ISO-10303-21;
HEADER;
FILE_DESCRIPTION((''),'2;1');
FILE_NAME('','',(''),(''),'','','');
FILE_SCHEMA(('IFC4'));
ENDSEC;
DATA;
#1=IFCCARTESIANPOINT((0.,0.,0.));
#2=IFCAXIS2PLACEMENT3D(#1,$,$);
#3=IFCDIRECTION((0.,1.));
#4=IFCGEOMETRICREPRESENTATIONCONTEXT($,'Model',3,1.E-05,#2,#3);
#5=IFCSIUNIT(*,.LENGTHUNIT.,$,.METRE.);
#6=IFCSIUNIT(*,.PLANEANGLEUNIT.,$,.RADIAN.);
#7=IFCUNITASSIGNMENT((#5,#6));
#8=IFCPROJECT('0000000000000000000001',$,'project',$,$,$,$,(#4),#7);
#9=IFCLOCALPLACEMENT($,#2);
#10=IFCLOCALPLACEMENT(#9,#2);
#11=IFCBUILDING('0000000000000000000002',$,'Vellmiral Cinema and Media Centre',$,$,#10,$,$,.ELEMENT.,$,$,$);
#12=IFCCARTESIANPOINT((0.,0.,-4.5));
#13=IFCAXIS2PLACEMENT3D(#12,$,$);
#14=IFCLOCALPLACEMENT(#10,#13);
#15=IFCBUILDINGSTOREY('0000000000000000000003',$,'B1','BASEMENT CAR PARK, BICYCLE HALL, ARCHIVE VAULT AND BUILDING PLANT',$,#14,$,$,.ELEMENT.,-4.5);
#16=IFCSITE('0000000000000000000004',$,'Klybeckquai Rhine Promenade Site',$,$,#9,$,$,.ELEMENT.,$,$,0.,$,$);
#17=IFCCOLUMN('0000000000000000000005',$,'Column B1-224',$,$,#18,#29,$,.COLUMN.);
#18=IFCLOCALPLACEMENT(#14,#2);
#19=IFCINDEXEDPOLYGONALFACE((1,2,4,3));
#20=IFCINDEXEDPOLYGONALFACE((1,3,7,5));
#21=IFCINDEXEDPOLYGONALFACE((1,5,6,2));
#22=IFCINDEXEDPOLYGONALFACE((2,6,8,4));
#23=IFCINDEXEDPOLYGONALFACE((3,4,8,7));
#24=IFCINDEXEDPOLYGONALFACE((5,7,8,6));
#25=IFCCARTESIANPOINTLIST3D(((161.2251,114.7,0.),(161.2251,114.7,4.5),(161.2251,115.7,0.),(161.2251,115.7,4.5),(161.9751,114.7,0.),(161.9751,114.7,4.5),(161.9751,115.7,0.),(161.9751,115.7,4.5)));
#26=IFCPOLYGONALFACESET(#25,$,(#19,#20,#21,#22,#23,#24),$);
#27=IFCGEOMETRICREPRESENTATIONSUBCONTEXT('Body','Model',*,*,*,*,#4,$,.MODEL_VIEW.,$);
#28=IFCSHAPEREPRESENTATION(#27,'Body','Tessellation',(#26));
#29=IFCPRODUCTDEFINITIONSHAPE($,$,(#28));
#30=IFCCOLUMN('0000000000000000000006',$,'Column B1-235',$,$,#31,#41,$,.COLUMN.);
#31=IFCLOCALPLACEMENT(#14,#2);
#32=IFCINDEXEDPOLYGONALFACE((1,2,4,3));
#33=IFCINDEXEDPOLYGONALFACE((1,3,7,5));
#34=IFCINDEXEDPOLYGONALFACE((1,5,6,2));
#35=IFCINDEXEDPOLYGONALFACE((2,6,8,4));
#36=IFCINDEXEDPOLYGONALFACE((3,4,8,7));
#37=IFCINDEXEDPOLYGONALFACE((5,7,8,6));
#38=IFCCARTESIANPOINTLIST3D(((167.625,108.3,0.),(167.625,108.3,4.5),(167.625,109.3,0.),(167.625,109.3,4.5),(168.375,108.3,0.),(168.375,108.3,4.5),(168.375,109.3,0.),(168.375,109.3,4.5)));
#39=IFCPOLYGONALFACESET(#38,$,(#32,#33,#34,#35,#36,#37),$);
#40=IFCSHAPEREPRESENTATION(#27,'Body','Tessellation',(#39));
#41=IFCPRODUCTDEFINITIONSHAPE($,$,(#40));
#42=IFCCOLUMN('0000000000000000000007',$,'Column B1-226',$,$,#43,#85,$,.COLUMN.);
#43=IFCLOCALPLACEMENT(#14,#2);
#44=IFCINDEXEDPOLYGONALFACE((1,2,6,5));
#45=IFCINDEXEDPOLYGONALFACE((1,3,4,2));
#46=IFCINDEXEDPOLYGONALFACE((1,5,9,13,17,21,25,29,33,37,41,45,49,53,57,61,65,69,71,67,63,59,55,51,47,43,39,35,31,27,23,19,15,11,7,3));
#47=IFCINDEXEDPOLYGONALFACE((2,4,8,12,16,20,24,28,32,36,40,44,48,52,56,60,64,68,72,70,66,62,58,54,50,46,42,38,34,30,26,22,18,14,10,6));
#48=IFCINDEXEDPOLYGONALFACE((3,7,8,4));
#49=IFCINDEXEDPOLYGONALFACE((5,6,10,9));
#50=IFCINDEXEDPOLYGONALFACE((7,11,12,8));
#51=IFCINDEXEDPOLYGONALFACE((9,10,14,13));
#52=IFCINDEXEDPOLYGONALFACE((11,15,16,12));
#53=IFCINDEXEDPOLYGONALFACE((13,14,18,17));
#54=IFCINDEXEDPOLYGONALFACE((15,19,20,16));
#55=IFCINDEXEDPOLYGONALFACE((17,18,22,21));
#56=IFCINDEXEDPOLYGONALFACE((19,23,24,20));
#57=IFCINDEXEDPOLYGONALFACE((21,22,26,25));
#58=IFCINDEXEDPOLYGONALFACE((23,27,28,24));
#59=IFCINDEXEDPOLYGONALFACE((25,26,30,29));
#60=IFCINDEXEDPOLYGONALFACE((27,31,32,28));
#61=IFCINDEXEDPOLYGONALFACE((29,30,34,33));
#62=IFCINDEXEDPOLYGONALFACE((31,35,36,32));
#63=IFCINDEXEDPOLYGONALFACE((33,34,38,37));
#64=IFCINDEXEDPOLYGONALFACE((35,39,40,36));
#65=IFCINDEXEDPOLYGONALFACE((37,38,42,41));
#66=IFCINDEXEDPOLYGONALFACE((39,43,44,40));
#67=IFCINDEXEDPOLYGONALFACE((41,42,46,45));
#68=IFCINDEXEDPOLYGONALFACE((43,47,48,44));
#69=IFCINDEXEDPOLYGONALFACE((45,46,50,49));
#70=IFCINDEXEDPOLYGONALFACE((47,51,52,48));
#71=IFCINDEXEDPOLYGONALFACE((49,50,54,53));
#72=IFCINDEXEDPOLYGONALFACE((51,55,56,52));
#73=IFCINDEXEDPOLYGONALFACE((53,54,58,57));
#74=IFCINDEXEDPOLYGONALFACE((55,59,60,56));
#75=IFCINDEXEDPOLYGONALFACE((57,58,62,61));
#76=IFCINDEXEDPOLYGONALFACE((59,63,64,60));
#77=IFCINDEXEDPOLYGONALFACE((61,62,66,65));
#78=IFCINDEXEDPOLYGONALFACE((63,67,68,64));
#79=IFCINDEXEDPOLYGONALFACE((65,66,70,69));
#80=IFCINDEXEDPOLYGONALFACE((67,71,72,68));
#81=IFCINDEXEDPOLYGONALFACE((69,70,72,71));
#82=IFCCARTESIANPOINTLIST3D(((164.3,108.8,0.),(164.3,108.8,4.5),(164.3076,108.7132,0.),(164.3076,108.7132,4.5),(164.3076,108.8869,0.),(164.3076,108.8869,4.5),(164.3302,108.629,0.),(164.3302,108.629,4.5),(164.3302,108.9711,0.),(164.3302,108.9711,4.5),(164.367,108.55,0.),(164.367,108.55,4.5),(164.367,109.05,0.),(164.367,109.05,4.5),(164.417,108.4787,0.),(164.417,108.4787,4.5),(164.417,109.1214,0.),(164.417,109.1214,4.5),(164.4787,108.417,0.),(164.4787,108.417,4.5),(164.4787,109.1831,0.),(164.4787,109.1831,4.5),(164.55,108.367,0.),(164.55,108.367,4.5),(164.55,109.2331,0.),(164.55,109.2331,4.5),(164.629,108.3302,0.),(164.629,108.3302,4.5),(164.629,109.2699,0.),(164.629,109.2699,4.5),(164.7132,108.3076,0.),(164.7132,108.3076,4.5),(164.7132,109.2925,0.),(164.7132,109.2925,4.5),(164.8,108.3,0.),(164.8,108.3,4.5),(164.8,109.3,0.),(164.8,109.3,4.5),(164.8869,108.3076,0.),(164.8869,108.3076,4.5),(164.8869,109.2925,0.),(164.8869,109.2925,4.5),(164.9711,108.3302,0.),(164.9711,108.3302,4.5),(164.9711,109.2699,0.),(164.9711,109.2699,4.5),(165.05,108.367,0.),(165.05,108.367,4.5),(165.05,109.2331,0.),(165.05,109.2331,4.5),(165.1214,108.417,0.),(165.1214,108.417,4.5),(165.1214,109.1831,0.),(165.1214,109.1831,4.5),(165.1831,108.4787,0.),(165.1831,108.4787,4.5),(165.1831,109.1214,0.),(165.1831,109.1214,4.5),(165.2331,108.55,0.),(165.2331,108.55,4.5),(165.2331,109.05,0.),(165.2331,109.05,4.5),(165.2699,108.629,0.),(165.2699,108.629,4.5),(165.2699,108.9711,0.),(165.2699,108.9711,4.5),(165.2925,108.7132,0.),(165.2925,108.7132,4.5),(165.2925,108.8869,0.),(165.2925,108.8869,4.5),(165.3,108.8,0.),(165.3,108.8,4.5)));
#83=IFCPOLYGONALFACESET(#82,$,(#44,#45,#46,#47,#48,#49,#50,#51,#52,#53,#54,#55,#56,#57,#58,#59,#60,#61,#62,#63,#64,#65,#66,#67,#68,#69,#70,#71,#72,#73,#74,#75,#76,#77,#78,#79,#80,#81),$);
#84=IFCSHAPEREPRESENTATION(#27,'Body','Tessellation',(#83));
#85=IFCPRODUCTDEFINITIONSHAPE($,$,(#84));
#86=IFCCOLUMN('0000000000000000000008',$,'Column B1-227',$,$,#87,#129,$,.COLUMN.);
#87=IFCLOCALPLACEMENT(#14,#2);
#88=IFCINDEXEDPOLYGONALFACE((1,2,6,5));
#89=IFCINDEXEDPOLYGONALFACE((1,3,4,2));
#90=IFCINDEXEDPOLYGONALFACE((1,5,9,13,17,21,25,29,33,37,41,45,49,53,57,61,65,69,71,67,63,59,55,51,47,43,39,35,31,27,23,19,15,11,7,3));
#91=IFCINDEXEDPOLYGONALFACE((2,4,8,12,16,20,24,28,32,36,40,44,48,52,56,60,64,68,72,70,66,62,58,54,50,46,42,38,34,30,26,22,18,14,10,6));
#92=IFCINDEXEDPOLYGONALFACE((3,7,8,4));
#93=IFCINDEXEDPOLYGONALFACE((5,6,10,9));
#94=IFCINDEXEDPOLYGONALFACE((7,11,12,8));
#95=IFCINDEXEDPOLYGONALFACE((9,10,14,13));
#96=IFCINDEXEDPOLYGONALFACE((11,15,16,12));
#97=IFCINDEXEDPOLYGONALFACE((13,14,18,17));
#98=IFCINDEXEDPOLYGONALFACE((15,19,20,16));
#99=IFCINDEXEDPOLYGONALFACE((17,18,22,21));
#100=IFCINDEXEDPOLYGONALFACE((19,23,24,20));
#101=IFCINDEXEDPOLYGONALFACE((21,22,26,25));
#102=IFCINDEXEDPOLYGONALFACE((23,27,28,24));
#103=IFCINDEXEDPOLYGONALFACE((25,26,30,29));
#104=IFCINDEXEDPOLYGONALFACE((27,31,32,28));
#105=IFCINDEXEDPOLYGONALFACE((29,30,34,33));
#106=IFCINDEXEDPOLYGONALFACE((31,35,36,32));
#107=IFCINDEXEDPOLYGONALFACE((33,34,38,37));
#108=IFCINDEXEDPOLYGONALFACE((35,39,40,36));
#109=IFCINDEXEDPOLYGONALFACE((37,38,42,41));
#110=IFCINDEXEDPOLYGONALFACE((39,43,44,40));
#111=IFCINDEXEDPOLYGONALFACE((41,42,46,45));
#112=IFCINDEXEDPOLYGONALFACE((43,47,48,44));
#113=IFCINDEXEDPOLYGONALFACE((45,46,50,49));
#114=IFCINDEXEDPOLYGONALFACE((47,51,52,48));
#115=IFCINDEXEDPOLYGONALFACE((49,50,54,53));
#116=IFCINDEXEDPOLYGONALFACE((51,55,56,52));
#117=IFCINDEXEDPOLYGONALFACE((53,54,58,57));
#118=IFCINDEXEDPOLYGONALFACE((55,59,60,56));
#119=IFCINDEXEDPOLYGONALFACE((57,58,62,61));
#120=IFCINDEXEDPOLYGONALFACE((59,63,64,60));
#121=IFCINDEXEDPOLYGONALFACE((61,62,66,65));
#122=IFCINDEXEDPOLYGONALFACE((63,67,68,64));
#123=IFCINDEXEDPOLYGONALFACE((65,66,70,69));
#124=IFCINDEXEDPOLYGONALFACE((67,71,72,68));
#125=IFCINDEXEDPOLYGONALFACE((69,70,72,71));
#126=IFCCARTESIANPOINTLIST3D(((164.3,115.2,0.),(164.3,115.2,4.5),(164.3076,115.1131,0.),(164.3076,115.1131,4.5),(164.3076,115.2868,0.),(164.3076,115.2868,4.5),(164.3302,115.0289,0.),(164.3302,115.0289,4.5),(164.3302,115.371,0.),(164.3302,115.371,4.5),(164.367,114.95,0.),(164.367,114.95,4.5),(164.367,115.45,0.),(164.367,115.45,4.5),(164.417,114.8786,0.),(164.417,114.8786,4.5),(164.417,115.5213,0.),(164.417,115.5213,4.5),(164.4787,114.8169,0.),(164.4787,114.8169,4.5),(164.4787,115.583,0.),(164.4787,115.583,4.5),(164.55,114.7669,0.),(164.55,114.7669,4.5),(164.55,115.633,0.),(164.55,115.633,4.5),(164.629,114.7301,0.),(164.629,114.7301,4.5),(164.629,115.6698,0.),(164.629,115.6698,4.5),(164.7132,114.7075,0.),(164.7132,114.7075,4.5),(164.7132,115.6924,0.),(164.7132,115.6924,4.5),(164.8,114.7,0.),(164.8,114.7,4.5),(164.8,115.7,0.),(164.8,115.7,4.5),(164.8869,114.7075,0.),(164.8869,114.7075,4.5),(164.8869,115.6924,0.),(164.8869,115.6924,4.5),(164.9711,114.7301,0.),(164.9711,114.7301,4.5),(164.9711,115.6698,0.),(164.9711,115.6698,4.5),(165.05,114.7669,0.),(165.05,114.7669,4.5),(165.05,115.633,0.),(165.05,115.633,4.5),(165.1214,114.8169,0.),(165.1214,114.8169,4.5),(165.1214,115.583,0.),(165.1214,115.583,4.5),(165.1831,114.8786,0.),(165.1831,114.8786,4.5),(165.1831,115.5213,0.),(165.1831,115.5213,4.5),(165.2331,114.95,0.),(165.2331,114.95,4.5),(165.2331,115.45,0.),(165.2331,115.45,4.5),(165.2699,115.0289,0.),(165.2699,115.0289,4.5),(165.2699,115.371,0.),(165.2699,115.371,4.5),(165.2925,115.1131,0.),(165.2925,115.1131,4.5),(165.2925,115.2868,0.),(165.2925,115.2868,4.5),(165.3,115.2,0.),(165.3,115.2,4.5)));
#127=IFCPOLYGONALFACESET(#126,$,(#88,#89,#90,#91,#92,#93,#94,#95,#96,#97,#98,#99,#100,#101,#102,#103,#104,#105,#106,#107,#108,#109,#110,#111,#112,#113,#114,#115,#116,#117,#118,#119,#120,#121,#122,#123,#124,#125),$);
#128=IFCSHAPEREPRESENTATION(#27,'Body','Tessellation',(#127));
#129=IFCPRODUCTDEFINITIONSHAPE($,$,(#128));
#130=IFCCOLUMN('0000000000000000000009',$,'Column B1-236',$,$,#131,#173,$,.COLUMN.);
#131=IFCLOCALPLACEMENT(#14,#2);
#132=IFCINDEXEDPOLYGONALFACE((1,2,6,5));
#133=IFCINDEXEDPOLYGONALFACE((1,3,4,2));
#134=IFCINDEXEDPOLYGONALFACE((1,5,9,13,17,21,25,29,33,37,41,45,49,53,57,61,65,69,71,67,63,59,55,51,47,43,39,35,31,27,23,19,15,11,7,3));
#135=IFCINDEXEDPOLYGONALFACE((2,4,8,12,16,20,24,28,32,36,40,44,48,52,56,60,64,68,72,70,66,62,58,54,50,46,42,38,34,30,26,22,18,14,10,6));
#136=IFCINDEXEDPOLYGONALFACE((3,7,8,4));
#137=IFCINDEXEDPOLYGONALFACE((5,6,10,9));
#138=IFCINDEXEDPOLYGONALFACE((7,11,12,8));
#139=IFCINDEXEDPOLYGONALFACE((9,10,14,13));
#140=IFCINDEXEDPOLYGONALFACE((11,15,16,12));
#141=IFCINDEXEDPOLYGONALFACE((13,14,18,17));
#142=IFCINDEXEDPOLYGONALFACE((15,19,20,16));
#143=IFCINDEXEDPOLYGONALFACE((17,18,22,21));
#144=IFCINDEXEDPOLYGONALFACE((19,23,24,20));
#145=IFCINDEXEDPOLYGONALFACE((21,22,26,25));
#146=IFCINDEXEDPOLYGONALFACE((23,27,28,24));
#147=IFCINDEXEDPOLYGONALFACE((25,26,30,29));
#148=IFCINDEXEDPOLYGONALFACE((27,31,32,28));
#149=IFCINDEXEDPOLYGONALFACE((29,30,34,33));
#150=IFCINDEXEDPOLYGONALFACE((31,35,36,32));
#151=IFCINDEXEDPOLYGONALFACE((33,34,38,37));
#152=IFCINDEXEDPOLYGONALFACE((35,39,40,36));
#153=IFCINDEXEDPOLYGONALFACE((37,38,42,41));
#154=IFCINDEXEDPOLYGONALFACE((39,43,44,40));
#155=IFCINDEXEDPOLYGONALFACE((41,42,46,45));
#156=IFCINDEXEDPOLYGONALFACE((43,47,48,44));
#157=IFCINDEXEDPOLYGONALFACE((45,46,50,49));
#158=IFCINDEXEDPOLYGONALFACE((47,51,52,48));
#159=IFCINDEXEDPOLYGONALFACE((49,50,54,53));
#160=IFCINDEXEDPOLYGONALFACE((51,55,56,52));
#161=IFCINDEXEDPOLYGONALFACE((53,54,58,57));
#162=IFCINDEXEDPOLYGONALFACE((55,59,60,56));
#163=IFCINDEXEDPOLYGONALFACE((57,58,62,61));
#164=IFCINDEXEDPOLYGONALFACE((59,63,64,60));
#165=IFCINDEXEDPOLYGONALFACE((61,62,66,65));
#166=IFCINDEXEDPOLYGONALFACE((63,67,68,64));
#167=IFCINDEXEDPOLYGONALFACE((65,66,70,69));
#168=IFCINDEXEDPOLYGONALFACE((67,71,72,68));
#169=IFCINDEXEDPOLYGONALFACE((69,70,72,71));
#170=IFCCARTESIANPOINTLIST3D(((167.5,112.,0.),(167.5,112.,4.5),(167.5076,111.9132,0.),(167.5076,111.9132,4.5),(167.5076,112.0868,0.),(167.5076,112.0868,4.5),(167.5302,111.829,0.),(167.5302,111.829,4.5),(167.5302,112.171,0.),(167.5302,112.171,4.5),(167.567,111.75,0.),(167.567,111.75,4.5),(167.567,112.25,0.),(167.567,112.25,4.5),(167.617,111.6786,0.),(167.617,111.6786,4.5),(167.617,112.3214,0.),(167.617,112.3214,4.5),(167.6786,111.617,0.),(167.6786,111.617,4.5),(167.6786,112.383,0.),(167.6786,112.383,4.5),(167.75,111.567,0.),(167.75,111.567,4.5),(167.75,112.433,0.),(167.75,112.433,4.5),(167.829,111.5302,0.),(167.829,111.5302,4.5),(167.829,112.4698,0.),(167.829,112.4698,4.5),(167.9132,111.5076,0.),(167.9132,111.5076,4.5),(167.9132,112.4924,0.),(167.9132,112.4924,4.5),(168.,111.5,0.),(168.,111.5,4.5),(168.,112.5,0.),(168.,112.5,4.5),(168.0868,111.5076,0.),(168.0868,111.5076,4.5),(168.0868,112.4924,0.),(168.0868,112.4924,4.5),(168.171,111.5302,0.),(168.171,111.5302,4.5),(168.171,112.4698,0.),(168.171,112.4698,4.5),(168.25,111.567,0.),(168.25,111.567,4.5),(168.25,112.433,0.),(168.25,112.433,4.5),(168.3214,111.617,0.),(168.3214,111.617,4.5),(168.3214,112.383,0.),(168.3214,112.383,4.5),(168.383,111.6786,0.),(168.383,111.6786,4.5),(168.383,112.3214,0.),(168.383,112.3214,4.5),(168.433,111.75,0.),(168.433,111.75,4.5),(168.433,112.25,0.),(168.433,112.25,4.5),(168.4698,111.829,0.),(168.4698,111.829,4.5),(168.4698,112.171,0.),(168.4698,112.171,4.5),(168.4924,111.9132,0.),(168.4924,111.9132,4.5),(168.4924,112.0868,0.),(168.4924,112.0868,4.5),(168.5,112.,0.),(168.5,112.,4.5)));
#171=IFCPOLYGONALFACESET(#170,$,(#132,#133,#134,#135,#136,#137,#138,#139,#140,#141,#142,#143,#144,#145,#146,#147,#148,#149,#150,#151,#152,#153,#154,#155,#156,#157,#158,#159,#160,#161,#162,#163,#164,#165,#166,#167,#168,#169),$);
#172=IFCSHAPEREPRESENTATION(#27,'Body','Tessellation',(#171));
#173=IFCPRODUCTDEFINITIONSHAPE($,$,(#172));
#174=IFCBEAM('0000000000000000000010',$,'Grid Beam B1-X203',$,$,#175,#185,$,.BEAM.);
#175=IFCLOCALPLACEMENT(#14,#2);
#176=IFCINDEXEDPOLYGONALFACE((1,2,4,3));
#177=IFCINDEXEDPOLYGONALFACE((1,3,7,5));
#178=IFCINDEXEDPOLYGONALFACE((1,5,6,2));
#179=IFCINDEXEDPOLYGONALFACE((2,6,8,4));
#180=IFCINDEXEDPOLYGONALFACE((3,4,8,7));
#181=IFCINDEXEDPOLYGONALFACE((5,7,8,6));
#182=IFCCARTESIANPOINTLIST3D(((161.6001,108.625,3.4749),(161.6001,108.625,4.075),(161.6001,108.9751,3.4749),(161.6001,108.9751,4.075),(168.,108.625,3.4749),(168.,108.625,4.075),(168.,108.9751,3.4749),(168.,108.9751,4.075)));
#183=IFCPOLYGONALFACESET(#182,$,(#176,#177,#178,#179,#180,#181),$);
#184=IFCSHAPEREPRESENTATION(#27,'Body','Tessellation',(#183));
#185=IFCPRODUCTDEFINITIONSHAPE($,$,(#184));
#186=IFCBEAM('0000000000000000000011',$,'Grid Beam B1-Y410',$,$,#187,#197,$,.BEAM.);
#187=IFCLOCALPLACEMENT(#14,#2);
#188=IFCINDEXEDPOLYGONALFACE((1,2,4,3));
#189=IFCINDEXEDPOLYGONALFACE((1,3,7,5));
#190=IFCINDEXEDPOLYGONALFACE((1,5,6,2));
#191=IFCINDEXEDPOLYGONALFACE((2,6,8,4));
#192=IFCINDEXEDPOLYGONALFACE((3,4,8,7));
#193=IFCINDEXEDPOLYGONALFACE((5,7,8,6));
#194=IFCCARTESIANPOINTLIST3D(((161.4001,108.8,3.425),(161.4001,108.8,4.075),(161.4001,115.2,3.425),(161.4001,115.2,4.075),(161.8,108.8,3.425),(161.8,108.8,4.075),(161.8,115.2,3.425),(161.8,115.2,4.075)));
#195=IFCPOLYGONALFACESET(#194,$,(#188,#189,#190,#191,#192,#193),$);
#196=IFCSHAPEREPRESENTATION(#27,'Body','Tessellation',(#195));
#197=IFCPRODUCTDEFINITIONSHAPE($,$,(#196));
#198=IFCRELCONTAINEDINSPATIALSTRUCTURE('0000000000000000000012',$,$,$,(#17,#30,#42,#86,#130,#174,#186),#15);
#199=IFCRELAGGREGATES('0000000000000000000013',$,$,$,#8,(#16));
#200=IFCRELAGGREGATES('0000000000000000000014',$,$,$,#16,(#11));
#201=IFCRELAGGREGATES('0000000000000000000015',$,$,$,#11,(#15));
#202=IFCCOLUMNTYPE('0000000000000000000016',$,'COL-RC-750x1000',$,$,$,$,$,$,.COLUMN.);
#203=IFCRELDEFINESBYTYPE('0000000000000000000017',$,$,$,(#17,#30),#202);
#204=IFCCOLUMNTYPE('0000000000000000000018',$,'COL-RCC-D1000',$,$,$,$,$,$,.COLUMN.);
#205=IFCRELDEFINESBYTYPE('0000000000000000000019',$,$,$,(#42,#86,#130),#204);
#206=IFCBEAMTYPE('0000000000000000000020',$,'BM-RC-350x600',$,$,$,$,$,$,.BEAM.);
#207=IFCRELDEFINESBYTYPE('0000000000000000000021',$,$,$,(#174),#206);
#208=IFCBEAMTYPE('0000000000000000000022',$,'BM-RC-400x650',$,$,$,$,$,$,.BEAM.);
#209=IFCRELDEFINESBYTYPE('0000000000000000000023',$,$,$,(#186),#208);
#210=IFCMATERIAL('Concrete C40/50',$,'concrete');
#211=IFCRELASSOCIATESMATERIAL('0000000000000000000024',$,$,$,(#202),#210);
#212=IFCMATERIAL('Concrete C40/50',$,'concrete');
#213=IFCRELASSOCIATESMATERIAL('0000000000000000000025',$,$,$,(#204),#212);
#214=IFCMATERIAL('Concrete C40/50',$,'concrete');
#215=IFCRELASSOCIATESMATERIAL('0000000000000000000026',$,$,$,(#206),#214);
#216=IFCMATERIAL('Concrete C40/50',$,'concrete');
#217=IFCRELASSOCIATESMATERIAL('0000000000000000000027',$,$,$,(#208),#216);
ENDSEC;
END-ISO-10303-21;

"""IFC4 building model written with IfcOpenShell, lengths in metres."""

from ifc_helpers import new_model, si_unit, direction, frame, origin, origin_2d, place, context, subcontext, project, spatial, rectangle, circle, extrude, material, material_profile, profile_set, type_object, element, save


model = new_model("IFC4")

# Units and contexts
model_context = context("Model", 3, precision=1e-05, world=origin(), true_north=direction((0.0, 1.0)))
body_context = subcontext(model_context, "Body", "Model", "MODEL_VIEW")
ifc_project = project(units=[si_unit("LENGTHUNIT", "METRE"), si_unit("PLANEANGLEUNIT", "RADIAN")], contexts=[model_context])

# Site, building, storey
site_placement = place(None, origin())
site = spatial("IfcSite", under=ifc_project, at=site_placement, Name="Klybeckquai Rhine Promenade Site", CompositionType="ELEMENT", RefElevation=0.0)
building_placement = place(site_placement, origin())
building = spatial("IfcBuilding", under=site, at=building_placement, Name="Vellmiral Cinema and Media Centre", CompositionType="ELEMENT")
storey_placement = place(building_placement, frame((0.0, 0.0, -4.5)))
storey = spatial("IfcBuildingStorey", under=building, at=storey_placement, Name="B1", Description="BASEMENT CAR PARK, BICYCLE HALL, ARCHIVE VAULT AND BUILDING PLANT", CompositionType="ELEMENT", Elevation=-4.5)

# Columns
ifc_material_1 = material(Name="Concrete C40/50", Category="concrete")
ifc_material_profile_1 = material_profile(ifc_material_1, rectangle(XDim=0.75, YDim=1.0, at=origin_2d()), Name="RC 750x1000")
ifc_profile_set_1 = profile_set([ifc_material_profile_1], Name="Concrete C40/50")
column_type_1 = type_object("IfcColumnType", Name="COL-RC-750x1000", PredefinedType="COLUMN", material=ifc_profile_set_1)
for number, where, z_axis, x_axis, name in (
    (1, (161.6001, 115.2, 0.0), (0.0, 0.0, 1.0), (1.0, 0.0, 0.0), "Column B1-224"),
    (2, (168.0, 108.8, 0.0), (0.0, 0.0, 1.0), (1.0, 0.0, 0.0), "Column B1-235"),
):
    element("IfcColumn", number, at=place(storey_placement, frame(where, z_axis=z_axis, x_axis=x_axis)), inside=storey, type_object=column_type_1, Name=name, PredefinedType="COLUMN", context=body_context, shape_type="SweptSolid", body=[
        extrude(rectangle(XDim=0.75, YDim=1.0, at=origin_2d()), origin(), (0.0, 0.0, 1.0), 4.5),
    ])
ifc_material_2 = material(Name="Concrete C40/50", Category="concrete")
ifc_material_profile_2 = material_profile(ifc_material_2, circle(Radius=0.5, at=origin_2d()), Name="RC D1000")
ifc_profile_set_2 = profile_set([ifc_material_profile_2], Name="Concrete C40/50")
column_type_2 = type_object("IfcColumnType", Name="COL-RCC-D1000", PredefinedType="COLUMN", material=ifc_profile_set_2)
for number, where, z_axis, x_axis, name in (
    (3, (164.8, 108.8, 0.0), (0.0, 0.0, 1.0), (1.0, 0.0, 0.0), "Column B1-226"),
    (4, (164.8, 115.2, 0.0), (0.0, 0.0, 1.0), (1.0, 0.0, 0.0), "Column B1-227"),
    (5, (168.0, 112.0, 0.0), (0.0, 0.0, 1.0), (1.0, 0.0, 0.0), "Column B1-236"),
):
    element("IfcColumn", number, at=place(storey_placement, frame(where, z_axis=z_axis, x_axis=x_axis)), inside=storey, type_object=column_type_2, Name=name, PredefinedType="COLUMN", context=body_context, shape_type="SweptSolid", body=[
        extrude(circle(Radius=0.5, at=origin_2d()), origin(), (0.0, 0.0, 1.0), 4.5),
    ])

# Beams
ifc_material_3 = material(Name="Concrete C40/50", Category="concrete")
ifc_material_profile_3 = material_profile(ifc_material_3, rectangle(XDim=0.3501, YDim=0.6001, at=origin_2d()), Name="RC 350x600")
ifc_profile_set_3 = profile_set([ifc_material_profile_3], Name="Concrete C40/50")
beam_type_1 = type_object("IfcBeamType", Name="BM-RC-350x600", PredefinedType="BEAM", material=ifc_profile_set_3)
beam_1_placement = place(storey_placement, frame((161.6001, 108.8, 3.7749), z_axis=(1.0, 0.0, 0.0), x_axis=(0.0, 1.0, 0.0)))
element("IfcBeam", 6, at=beam_1_placement, inside=storey, type_object=beam_type_1, Name="Grid Beam B1-X203", PredefinedType="BEAM", context=body_context, shape_type="SweptSolid", body=[
    extrude(rectangle(XDim=0.3501, YDim=0.6001, at=origin_2d()), origin(), (0.0, 0.0, 1.0), 6.3999),
])
ifc_material_4 = material(Name="Concrete C40/50", Category="concrete")
ifc_material_profile_4 = material_profile(ifc_material_4, rectangle(XDim=0.3999, YDim=0.6499, at=origin_2d()), Name="RC 400x650")
ifc_profile_set_4 = profile_set([ifc_material_profile_4], Name="Concrete C40/50")
beam_type_2 = type_object("IfcBeamType", Name="BM-RC-400x650", PredefinedType="BEAM", material=ifc_profile_set_4)
beam_2_placement = place(storey_placement, frame((161.6001, 108.8, 3.75), z_axis=(0.0, 1.0, 0.0), x_axis=(-1.0, 0.0, 0.0)))
element("IfcBeam", 7, at=beam_2_placement, inside=storey, type_object=beam_type_2, Name="Grid Beam B1-Y410", PredefinedType="BEAM", context=body_context, shape_type="SweptSolid", body=[
    extrude(rectangle(XDim=0.3999, YDim=0.6499, at=origin_2d()), origin(), (0.0, 0.0, 1.0), 6.3999),
])

save(model, "model.ifc")
